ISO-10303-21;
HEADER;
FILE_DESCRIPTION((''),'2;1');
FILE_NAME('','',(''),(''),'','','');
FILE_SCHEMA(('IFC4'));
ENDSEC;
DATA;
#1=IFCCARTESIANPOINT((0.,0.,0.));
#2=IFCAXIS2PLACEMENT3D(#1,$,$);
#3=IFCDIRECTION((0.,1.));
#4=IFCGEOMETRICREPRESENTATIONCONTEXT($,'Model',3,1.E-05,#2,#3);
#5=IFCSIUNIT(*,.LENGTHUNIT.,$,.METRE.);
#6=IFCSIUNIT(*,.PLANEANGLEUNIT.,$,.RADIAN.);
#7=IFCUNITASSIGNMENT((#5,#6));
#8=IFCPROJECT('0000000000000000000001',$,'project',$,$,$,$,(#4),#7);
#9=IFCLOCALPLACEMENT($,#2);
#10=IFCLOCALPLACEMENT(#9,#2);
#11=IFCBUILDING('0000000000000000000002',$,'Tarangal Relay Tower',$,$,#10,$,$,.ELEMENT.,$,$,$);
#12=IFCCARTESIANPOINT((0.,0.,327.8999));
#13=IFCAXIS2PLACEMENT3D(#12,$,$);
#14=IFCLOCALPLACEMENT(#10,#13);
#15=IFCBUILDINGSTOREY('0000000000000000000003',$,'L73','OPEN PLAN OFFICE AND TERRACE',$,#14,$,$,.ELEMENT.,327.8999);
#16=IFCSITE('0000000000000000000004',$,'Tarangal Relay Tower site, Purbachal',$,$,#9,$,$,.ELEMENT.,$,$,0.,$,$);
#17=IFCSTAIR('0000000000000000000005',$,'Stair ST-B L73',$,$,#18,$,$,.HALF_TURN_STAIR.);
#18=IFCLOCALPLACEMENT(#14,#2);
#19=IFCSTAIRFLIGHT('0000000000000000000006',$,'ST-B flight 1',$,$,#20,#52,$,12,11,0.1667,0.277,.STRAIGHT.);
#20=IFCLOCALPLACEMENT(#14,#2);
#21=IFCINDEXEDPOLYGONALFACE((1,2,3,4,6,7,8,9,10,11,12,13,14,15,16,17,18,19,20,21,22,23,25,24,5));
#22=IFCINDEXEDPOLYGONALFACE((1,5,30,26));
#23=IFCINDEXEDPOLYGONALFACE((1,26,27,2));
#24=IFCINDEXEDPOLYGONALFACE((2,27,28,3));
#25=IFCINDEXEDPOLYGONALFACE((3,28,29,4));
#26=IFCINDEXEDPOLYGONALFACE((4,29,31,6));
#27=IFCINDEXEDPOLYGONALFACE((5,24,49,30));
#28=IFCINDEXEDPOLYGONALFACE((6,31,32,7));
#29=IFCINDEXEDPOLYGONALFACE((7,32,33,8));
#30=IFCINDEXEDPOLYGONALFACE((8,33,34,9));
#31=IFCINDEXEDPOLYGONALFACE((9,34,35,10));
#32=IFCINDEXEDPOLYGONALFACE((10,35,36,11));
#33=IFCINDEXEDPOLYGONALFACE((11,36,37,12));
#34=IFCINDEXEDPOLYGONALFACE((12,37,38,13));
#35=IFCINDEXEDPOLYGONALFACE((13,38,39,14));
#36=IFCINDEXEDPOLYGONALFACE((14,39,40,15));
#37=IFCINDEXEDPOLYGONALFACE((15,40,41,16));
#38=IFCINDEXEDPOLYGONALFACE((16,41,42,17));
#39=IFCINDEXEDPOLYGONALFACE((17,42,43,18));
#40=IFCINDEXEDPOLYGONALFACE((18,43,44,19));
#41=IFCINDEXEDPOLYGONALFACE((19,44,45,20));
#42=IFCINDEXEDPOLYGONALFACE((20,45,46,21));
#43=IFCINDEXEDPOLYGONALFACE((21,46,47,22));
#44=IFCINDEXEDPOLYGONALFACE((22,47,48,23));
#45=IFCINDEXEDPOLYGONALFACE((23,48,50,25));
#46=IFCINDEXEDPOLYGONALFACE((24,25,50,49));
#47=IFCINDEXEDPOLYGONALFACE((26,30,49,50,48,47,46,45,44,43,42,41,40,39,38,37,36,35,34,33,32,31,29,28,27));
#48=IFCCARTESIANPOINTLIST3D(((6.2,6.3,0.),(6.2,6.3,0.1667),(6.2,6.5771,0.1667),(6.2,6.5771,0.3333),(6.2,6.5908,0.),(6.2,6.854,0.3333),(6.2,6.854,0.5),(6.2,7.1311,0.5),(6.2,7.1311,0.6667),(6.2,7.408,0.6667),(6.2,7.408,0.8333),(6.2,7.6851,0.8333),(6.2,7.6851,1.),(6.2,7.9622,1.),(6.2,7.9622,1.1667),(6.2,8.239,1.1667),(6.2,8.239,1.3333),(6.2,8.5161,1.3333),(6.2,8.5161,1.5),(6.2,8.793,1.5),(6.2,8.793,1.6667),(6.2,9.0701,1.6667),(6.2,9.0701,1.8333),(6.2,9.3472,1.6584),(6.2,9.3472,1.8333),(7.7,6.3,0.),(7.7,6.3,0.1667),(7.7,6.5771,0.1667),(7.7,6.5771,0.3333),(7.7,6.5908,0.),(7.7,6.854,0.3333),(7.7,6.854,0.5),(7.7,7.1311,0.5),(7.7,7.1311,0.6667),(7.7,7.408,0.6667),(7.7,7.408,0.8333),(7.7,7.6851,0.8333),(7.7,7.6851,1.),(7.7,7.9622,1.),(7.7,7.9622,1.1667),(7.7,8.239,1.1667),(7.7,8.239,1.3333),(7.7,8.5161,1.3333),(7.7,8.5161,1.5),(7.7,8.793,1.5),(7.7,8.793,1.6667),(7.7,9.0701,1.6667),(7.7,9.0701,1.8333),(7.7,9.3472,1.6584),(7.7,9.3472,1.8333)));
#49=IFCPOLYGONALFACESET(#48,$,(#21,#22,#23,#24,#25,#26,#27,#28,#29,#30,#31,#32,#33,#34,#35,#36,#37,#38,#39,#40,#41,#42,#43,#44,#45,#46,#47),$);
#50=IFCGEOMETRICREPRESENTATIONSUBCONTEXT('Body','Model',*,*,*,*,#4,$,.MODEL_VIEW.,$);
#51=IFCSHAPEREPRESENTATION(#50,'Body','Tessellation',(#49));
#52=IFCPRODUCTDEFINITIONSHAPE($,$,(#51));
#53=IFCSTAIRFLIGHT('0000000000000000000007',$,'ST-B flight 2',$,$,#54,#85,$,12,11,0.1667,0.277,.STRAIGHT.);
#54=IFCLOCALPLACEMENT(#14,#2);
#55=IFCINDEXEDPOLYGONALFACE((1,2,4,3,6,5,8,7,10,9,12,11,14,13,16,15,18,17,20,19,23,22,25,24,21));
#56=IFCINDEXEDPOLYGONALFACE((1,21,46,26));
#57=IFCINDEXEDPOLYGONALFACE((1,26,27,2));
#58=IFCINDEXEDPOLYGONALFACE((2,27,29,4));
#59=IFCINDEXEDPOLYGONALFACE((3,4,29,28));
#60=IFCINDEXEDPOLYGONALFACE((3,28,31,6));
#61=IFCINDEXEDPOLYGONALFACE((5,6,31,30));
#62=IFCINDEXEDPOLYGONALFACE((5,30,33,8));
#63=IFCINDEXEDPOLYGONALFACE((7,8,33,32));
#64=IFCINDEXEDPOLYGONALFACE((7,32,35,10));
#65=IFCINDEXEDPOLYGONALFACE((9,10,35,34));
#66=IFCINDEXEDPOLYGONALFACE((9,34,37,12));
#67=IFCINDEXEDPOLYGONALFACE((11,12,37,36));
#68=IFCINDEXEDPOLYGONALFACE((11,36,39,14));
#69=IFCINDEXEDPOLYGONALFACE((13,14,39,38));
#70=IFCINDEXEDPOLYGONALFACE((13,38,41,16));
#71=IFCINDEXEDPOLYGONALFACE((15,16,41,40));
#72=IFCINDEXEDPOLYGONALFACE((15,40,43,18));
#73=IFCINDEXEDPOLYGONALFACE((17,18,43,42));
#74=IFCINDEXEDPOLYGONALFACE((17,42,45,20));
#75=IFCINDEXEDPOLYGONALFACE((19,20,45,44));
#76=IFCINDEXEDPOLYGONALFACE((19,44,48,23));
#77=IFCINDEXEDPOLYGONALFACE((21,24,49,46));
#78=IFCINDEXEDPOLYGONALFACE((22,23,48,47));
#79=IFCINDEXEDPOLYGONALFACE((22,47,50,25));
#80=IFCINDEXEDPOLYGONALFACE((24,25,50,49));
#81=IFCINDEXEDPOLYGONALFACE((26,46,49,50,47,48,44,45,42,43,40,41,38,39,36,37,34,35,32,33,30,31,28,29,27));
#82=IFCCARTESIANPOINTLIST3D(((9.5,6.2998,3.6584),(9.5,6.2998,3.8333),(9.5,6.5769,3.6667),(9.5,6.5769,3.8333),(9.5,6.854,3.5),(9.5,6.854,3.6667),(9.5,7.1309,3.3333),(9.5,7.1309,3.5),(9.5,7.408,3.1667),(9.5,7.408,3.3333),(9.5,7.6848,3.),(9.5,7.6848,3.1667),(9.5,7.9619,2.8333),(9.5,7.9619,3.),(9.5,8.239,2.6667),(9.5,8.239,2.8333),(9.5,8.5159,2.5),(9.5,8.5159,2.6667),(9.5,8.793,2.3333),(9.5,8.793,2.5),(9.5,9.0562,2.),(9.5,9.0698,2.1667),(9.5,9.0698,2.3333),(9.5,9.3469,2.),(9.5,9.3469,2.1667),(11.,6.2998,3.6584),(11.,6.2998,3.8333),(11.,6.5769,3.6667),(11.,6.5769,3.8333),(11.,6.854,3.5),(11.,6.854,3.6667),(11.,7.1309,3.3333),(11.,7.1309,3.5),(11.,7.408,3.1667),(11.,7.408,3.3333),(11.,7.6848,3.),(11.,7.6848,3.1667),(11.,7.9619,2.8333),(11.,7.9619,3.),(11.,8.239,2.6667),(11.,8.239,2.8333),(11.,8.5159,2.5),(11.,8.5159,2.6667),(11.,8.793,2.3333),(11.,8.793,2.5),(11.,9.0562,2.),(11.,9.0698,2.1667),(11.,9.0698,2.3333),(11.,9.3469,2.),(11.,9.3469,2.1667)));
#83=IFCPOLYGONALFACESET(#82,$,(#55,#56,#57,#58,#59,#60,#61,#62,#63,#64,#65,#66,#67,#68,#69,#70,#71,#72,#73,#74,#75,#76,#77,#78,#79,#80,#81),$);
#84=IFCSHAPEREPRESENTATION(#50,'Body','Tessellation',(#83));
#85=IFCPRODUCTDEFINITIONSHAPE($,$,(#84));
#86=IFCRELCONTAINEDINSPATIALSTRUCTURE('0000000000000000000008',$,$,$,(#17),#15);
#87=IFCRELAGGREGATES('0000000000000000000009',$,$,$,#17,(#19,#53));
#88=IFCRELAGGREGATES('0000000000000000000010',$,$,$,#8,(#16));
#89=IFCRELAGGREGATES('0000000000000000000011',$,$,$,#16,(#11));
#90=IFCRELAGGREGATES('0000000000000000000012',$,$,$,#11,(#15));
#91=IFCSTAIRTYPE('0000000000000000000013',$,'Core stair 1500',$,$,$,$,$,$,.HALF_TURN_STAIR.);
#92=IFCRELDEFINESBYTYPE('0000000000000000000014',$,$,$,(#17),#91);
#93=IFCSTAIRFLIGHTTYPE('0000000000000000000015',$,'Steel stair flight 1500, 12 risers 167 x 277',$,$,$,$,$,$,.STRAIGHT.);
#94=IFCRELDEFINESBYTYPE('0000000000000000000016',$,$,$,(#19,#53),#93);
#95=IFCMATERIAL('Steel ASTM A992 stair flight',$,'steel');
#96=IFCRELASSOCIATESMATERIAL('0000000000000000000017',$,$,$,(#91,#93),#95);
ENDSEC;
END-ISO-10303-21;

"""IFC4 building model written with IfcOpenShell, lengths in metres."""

from ifc_helpers import new_model, si_unit, direction, frame, origin, place, context, subcontext, project, spatial, polyline, outline, extrude, material, type_object, element, aggregate, save


model = new_model("IFC4")

# Units and contexts
model_context = context("Model", 3, precision=1e-05, world=origin(), true_north=direction((0.0, 1.0)))
body_context = subcontext(model_context, "Body", "Model", "MODEL_VIEW")
ifc_project = project(units=[si_unit("LENGTHUNIT", "METRE"), si_unit("PLANEANGLEUNIT", "RADIAN")], contexts=[model_context])

# Site, building, storey
site_placement = place(None, origin())
site = spatial("IfcSite", under=ifc_project, at=site_placement, Name="Tarangal Relay Tower site, Purbachal", CompositionType="ELEMENT", RefElevation=0.0)
building_placement = place(site_placement, origin())
building = spatial("IfcBuilding", under=site, at=building_placement, Name="Tarangal Relay Tower", CompositionType="ELEMENT")
storey_placement = place(building_placement, frame((0.0, 0.0, 327.8999)))
storey = spatial("IfcBuildingStorey", under=building, at=storey_placement, Name="L73", Description="OPEN PLAN OFFICE AND TERRACE", CompositionType="ELEMENT", Elevation=327.8999)

# Stair
ifc_material_1 = material(Name="Steel ASTM A992 stair flight", Category="steel")
stair_type = type_object("IfcStairType", Name="Core stair 1500", PredefinedType="HALF_TURN_STAIR", material=ifc_material_1)
stair_1_placement = place(storey_placement, origin())
stair_1 = element("IfcStair", 1, at=stair_1_placement, inside=storey, type_object=stair_type, Name="Stair ST-B L73", PredefinedType="HALF_TURN_STAIR")

# Stair flights
stair_flight_type = type_object("IfcStairFlightType", Name="Steel stair flight 1500, 12 risers 167 x 277", PredefinedType="STRAIGHT", material=ifc_material_1)
stair_flight_1_placement = place(storey_placement, frame((6.95, 6.3, 0.0), z_axis=(0.0, 0.0, 1.0), x_axis=(0.0, 1.0, 0.0)))
stair_flight_1 = element("IfcStairFlight", 2, at=stair_flight_1_placement, type_object=stair_flight_type, Name="ST-B flight 1", NumberOfRisers=12, NumberOfTreads=11, PredefinedType="STRAIGHT", RiserHeight=0.1667, TreadLength=0.277, context=body_context, shape_type="SweptSolid", body=[
    extrude(outline(polyline([(0.0, 0.0), (0.0, 0.1667), (0.2771, 0.1667), (0.2771, 0.3333), (0.554, 0.3333), (0.554, 0.5), (0.8311, 0.5), (0.8311, 0.6667), (1.1079, 0.6667), (1.1079, 0.8333), (1.385, 0.8333), (1.385, 1.0), (1.6621, 1.0), (1.6621, 1.1667), (1.939, 1.1667), (1.939, 1.3333), (2.2161, 1.3333), (2.2161, 1.5), (2.4929, 1.5), (2.4929, 1.6667), (2.77, 1.6667), (2.77, 1.8333), (3.0471, 1.8333), (3.0471, 2.0), (3.0471, 1.6584), (0.2908, 0.0), (0.0, 0.0)])), frame((0.0, 0.75, 0.0), z_axis=(0.0, -1.0, 0.0), x_axis=(1.0, 0.0, 0.0)), (0.0, 0.0, 1.0), 1.5),
])
stair_flight_2_placement = place(storey_placement, frame((10.25, 9.3469, 2.0), z_axis=(0.0, 0.0, 1.0), x_axis=(0.0, -1.0, 0.0)))
stair_flight_2 = element("IfcStairFlight", 3, at=stair_flight_2_placement, type_object=stair_flight_type, Name="ST-B flight 2", NumberOfRisers=12, NumberOfTreads=11, PredefinedType="STRAIGHT", RiserHeight=0.1667, TreadLength=0.277, context=body_context, shape_type="SweptSolid", body=[
    extrude(outline(polyline([(0.0, 0.0), (0.0, 0.1667), (0.2771, 0.1667), (0.2771, 0.3333), (0.554, 0.3333), (0.554, 0.5), (0.8311, 0.5), (0.8311, 0.6667), (1.1079, 0.6667), (1.1079, 0.8333), (1.385, 0.8333), (1.385, 1.0), (1.6621, 1.0), (1.6621, 1.1667), (1.939, 1.1667), (1.939, 1.3333), (2.2161, 1.3333), (2.2161, 1.5), (2.4929, 1.5), (2.4929, 1.6667), (2.77, 1.6667), (2.77, 1.8333), (3.0471, 1.8333), (3.0471, 2.0), (3.0471, 1.6584), (0.2908, 0.0), (0.0, 0.0)])), frame((0.0, 0.75, 0.0), z_axis=(0.0, -1.0, 0.0), x_axis=(1.0, 0.0, 0.0)), (0.0, 0.0, 1.0), 1.5),
])
aggregate(stair_1, [stair_flight_1, stair_flight_2])

save(model, "model.ifc")
